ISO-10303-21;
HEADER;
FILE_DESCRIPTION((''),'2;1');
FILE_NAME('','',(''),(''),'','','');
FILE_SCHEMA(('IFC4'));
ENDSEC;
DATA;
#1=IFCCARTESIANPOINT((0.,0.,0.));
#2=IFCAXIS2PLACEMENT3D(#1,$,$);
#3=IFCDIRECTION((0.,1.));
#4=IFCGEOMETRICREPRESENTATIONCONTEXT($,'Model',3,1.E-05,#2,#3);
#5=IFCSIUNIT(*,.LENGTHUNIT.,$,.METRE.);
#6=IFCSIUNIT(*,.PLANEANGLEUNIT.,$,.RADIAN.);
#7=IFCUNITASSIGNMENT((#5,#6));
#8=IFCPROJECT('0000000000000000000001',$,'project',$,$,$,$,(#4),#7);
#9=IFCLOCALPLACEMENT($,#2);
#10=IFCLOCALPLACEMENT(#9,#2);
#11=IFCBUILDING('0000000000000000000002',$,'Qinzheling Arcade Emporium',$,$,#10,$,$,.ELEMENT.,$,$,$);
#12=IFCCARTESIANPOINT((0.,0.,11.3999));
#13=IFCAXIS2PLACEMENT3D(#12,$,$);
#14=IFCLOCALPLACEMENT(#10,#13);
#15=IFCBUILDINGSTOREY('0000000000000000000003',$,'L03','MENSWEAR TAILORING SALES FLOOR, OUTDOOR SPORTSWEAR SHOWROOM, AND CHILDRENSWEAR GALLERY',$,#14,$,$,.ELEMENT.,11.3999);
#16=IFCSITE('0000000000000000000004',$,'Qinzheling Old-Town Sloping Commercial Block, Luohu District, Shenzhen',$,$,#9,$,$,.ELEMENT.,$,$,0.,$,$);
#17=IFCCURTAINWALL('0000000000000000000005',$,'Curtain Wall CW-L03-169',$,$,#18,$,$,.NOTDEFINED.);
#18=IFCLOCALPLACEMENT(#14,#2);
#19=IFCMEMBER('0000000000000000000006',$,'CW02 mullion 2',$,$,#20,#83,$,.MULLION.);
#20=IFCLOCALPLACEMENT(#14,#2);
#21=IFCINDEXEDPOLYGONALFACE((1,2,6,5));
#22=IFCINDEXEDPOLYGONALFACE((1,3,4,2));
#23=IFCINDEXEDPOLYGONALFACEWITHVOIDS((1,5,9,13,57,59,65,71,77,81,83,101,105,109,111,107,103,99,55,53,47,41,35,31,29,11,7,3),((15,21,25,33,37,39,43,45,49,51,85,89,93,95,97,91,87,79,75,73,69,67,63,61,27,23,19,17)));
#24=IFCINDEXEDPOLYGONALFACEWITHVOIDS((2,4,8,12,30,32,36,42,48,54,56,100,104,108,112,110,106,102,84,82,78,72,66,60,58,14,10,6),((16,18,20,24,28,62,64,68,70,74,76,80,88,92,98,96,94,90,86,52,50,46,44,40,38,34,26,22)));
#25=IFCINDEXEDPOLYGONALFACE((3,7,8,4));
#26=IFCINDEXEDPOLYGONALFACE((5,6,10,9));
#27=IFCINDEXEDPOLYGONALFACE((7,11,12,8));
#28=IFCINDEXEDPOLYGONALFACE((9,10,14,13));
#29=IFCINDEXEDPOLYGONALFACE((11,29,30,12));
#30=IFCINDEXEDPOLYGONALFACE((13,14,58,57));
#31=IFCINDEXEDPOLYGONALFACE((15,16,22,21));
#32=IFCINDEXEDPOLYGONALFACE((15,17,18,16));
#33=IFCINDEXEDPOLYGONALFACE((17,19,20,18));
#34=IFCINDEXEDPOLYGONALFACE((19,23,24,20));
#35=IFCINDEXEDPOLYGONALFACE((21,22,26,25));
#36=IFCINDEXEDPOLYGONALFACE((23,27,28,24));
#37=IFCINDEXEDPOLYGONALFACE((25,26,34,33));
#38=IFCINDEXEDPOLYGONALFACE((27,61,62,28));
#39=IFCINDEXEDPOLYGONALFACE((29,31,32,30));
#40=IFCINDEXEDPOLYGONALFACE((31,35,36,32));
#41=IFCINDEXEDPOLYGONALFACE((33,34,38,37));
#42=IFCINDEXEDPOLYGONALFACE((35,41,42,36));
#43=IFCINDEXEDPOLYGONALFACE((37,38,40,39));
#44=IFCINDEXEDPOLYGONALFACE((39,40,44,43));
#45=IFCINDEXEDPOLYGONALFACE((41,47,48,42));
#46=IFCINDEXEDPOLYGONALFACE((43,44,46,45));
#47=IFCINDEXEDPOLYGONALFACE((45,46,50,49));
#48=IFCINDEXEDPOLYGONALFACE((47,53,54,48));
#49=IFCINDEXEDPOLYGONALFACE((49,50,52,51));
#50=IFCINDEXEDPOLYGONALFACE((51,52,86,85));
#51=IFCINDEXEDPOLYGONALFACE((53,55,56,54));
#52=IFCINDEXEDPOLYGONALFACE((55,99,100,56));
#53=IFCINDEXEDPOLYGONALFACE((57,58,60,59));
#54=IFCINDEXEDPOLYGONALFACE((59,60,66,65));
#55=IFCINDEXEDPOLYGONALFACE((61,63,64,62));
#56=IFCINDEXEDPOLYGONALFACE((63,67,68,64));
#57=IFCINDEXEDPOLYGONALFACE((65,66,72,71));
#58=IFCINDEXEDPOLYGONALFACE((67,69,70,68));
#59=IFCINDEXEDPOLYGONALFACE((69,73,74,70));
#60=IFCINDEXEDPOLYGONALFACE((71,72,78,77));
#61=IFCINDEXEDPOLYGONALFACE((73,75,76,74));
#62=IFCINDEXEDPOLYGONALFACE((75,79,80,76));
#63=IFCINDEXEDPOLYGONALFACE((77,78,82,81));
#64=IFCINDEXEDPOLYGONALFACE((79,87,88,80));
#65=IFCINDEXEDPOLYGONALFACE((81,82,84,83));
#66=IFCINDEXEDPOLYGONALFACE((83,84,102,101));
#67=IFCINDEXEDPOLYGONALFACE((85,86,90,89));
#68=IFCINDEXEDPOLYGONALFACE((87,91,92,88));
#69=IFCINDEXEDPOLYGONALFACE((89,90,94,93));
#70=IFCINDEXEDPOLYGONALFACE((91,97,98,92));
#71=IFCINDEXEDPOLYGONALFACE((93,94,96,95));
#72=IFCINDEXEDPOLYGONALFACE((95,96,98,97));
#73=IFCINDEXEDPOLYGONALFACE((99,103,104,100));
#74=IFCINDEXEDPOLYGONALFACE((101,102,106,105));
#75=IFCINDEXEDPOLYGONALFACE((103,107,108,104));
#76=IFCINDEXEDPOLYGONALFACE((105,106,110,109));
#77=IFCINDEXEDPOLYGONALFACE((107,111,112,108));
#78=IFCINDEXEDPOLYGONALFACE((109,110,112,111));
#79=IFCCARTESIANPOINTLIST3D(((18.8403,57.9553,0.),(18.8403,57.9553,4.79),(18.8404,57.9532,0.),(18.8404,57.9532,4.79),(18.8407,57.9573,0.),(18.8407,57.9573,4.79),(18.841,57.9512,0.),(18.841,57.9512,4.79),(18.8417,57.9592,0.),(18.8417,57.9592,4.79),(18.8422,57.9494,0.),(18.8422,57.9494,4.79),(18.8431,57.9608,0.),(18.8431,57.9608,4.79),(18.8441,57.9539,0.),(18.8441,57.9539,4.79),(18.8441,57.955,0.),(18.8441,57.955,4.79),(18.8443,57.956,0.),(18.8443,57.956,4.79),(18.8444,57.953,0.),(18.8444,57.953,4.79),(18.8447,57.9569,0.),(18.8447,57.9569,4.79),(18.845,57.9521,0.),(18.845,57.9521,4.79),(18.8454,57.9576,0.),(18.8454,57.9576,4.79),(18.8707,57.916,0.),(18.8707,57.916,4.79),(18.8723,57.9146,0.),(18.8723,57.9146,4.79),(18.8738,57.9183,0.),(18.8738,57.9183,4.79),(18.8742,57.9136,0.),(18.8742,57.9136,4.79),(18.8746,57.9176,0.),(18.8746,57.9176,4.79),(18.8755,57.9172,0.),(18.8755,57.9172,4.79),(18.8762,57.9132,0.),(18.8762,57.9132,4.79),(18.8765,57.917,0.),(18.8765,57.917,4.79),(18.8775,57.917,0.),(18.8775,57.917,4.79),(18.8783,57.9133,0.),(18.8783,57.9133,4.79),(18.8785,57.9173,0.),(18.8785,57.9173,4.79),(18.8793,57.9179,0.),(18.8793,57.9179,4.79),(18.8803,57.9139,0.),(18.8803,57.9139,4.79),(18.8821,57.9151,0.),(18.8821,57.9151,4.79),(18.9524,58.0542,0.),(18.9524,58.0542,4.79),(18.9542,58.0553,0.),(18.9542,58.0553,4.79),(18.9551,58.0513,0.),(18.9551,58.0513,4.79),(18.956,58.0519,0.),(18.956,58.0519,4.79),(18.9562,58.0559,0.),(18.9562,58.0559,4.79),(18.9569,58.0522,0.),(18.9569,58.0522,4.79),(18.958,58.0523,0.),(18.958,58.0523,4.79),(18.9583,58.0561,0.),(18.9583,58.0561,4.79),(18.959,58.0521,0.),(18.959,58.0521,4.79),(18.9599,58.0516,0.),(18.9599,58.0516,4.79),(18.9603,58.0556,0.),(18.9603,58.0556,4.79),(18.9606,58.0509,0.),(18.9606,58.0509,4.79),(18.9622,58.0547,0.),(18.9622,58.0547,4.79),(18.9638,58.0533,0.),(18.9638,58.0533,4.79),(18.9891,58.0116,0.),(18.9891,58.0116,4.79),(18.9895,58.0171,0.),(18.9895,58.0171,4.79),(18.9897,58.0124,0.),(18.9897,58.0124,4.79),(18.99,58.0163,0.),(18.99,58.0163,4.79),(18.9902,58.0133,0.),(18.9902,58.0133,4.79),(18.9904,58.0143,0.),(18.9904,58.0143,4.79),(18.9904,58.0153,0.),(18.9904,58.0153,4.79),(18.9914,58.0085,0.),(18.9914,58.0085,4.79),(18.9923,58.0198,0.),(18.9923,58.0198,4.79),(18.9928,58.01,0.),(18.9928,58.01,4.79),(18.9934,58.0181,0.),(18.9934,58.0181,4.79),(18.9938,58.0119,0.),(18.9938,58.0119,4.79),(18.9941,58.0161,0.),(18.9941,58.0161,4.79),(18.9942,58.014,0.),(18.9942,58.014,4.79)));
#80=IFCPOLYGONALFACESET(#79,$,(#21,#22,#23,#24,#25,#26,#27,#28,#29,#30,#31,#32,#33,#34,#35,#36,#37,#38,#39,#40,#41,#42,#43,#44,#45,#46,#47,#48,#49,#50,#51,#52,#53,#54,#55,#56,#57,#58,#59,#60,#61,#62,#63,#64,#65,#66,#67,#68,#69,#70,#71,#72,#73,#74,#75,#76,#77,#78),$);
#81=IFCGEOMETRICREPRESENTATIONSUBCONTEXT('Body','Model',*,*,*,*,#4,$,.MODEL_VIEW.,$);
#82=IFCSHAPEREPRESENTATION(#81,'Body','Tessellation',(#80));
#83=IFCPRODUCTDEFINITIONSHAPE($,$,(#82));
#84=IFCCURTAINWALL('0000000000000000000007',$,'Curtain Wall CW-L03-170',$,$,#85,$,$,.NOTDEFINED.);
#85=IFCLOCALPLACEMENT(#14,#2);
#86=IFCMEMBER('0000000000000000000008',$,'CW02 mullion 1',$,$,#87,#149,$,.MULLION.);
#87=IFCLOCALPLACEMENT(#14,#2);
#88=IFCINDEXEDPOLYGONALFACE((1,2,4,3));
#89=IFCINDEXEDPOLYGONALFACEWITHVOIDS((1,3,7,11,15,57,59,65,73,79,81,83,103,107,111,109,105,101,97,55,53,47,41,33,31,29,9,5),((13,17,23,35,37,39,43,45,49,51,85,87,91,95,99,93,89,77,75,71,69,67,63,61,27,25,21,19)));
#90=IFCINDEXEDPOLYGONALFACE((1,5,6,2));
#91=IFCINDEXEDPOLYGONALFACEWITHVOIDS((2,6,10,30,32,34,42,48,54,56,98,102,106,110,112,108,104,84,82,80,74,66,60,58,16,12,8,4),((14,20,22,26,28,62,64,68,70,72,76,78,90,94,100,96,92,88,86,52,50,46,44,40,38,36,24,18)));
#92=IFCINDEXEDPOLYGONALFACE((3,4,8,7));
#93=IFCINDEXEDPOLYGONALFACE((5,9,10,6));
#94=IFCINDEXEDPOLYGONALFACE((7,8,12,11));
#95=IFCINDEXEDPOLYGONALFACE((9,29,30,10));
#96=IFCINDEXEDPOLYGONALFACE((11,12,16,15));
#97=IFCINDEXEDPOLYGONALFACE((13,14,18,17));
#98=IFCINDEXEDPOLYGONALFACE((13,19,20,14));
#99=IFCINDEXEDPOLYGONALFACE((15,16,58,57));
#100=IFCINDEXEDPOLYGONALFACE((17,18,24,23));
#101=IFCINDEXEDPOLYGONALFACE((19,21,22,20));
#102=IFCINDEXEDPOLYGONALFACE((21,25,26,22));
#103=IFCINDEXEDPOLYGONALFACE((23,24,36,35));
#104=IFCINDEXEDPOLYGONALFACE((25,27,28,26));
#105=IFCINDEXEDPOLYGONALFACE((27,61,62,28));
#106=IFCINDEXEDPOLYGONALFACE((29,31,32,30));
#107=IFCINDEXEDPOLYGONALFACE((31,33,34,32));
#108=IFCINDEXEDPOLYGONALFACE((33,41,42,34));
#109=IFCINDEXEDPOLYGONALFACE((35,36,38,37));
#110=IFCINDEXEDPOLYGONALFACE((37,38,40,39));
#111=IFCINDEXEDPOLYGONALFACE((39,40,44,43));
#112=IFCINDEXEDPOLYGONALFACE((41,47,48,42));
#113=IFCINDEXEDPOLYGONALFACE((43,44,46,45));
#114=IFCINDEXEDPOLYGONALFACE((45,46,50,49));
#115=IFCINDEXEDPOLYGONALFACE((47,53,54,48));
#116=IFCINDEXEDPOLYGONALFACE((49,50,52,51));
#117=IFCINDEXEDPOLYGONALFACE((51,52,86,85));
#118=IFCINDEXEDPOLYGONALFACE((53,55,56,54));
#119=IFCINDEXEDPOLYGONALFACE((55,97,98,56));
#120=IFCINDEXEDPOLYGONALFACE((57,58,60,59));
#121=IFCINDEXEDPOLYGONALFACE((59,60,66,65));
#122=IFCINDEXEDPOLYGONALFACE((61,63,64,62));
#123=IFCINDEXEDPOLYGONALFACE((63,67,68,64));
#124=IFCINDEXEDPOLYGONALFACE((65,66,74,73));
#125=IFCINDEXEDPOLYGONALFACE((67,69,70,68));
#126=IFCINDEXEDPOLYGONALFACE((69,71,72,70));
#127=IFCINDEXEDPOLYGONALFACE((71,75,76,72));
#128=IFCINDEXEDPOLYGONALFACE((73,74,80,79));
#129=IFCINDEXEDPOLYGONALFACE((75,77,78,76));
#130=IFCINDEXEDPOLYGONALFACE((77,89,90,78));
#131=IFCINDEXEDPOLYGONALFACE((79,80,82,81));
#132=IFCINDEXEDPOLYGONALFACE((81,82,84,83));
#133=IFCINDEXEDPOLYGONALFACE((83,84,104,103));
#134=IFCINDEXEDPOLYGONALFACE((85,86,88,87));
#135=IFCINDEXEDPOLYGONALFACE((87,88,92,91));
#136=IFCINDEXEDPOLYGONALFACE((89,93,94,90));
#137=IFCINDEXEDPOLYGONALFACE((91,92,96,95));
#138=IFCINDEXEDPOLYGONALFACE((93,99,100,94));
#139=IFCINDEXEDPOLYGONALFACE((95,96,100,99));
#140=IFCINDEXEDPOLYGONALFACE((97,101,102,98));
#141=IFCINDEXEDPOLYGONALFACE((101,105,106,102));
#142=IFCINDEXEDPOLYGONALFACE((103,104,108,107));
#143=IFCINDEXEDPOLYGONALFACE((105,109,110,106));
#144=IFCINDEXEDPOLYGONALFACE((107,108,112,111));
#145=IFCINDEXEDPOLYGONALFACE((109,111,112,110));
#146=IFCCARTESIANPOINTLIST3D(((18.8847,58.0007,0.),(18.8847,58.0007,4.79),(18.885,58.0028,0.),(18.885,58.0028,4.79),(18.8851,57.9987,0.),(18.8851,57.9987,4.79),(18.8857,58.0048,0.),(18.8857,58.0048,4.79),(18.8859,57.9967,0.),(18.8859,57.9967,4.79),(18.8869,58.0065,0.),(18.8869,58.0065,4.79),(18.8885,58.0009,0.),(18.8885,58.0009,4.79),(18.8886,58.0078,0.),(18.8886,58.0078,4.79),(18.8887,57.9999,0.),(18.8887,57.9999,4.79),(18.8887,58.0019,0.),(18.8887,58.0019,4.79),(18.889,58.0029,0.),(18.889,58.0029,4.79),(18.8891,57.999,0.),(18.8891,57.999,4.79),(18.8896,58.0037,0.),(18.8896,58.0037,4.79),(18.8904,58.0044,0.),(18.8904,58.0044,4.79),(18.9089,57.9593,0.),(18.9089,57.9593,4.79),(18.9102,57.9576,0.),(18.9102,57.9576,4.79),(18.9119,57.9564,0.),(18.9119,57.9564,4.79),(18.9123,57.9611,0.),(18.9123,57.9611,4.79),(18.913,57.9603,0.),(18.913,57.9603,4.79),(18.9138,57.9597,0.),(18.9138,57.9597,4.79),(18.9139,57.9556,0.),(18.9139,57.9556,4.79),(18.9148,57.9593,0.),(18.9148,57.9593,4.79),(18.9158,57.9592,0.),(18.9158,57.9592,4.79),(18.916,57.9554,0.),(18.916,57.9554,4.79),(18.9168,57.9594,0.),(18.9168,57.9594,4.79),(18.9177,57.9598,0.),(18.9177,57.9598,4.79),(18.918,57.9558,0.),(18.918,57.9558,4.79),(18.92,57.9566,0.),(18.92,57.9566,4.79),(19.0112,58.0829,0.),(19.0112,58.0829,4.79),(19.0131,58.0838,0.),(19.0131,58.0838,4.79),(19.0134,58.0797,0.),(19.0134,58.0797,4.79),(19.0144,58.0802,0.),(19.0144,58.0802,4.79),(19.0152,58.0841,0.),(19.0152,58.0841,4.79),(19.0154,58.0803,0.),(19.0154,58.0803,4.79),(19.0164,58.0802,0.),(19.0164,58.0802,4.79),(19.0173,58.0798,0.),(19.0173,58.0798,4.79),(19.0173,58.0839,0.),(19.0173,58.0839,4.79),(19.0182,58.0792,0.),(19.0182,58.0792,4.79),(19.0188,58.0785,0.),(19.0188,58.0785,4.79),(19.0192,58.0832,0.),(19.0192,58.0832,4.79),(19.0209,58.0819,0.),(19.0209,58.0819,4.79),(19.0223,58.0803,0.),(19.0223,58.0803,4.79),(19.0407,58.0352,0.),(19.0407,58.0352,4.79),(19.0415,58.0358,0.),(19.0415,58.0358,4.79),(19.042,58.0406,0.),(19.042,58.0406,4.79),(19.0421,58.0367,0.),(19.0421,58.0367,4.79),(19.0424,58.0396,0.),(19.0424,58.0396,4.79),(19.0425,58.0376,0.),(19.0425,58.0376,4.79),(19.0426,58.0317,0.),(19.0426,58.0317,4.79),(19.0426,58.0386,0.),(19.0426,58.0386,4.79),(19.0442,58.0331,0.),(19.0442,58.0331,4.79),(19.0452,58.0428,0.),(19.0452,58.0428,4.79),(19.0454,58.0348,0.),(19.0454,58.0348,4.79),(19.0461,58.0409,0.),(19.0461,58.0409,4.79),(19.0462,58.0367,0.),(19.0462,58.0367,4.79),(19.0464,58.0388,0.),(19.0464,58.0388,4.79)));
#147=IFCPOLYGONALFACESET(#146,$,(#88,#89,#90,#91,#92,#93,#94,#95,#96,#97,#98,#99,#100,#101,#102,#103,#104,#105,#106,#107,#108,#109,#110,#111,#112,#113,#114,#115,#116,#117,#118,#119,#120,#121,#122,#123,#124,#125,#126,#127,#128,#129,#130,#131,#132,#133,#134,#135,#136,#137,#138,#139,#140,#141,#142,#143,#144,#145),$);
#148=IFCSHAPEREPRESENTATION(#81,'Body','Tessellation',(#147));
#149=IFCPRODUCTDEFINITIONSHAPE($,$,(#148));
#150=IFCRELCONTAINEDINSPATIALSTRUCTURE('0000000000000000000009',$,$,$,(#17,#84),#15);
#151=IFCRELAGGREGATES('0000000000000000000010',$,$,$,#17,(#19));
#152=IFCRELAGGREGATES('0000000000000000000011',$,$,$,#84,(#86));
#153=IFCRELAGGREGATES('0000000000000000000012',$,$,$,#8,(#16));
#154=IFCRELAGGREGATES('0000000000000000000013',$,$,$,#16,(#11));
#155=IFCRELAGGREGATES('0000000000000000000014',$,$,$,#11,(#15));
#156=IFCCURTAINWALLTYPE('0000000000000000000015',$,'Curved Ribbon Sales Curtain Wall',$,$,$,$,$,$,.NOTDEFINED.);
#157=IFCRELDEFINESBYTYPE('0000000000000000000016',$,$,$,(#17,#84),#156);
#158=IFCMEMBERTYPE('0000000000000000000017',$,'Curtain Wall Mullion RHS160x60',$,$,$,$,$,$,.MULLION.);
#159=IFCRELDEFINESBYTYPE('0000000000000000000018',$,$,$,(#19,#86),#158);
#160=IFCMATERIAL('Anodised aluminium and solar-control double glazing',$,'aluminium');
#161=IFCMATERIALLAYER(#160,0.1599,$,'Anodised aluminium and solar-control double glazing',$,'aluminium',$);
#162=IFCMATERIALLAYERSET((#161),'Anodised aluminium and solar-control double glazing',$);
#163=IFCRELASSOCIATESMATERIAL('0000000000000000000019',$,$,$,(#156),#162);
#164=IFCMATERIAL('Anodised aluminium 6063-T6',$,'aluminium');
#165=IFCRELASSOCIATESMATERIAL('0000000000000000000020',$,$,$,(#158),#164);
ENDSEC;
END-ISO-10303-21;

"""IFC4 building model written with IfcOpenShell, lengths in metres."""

from ifc_helpers import new_model, si_unit, direction, frame, origin, origin_2d, place, context, subcontext, project, spatial, hollow_rectangle, extrude, material, layer, layer_set, material_profile, profile_set, type_object, element, aggregate, save


model = new_model("IFC4")

# Units and contexts
model_context = context("Model", 3, precision=1e-05, world=origin(), true_north=direction((0.0, 1.0)))
body_context = subcontext(model_context, "Body", "Model", "MODEL_VIEW")
ifc_project = project(units=[si_unit("LENGTHUNIT", "METRE"), si_unit("PLANEANGLEUNIT", "RADIAN")], contexts=[model_context])

# Site, building, storey
site_placement = place(None, origin())
site = spatial("IfcSite", under=ifc_project, at=site_placement, Name="Qinzheling Old-Town Sloping Commercial Block, Luohu District, Shenzhen", CompositionType="ELEMENT", RefElevation=0.0)
building_placement = place(site_placement, origin())
building = spatial("IfcBuilding", under=site, at=building_placement, Name="Qinzheling Arcade Emporium", CompositionType="ELEMENT")
storey_placement = place(building_placement, frame((0.0, 0.0, 11.3999)))
storey = spatial("IfcBuildingStorey", under=building, at=storey_placement, Name="L03", Description="MENSWEAR TAILORING SALES FLOOR, OUTDOOR SPORTSWEAR SHOWROOM, AND CHILDRENSWEAR GALLERY", CompositionType="ELEMENT", Elevation=11.3999)

# Shared definitions
ifc_material_1 = material(Name="Anodised aluminium and solar-control double glazing", Category="aluminium")
ifc_layer_1 = layer(ifc_material_1, 0.1599, Name="Anodised aluminium and solar-control double glazing", Category="aluminium")
ifc_layer_set_1 = layer_set([ifc_layer_1], Name="Anodised aluminium and solar-control double glazing")
curtain_wall_type = type_object("IfcCurtainWallType", Name="Curved Ribbon Sales Curtain Wall", PredefinedType="NOTDEFINED", material=ifc_layer_set_1)
ifc_material_2 = material(Name="Anodised aluminium 6063-T6", Category="aluminium")
ifc_material_profile_1 = material_profile(ifc_material_2, hollow_rectangle(XDim=0.0601, YDim=0.1599, WallThickness=0.0039, InnerFilletRadius=0.0039, OuterFilletRadius=0.0081, at=origin_2d()), Name="RHS 160x60x4", Category="aluminium")
ifc_profile_set_1 = profile_set([ifc_material_profile_1], Name="Anodised aluminium 6063-T6")
member_type_1 = type_object("IfcMemberType", Name="Curtain Wall Mullion RHS160x60", PredefinedType="MULLION", material=ifc_profile_set_1)

# Curtain wall, member
curtain_wall_1_placement = place(storey_placement, origin())
curtain_wall_1 = element("IfcCurtainWall", 1, at=curtain_wall_1_placement, inside=storey, type_object=curtain_wall_type, Name="Curtain Wall CW-L03-169", PredefinedType="NOTDEFINED")
member_1_placement = place(storey_placement, frame((18.9172, 57.9846, 0.0), z_axis=(0.0, 0.0, 1.0), x_axis=(-0.649513, 0.760351, 0.0)))
member_1 = element("IfcMember", 2, at=member_1_placement, type_object=member_type_1, Name="CW02 mullion 2", PredefinedType="MULLION", context=body_context, shape_type="SweptSolid", body=[
    extrude(hollow_rectangle(XDim=0.0601, YDim=0.1599, WallThickness=0.0039, InnerFilletRadius=0.0039, OuterFilletRadius=0.0081, at=origin_2d()), origin(), (0.0, 0.0, 1.0), 4.79),
])

# Curtain wall, member
curtain_wall_2_placement = place(storey_placement, origin())
curtain_wall_2 = element("IfcCurtainWall", 3, at=curtain_wall_2_placement, inside=storey, type_object=curtain_wall_type, Name="Curtain Wall CW-L03-170", PredefinedType="NOTDEFINED")
member_2_placement = place(storey_placement, frame((18.9656, 58.0198, 0.0), z_axis=(0.0, 0.0, 1.0), x_axis=(-0.522458, 0.852665, 0.0)))
member_2 = element("IfcMember", 4, at=member_2_placement, type_object=member_type_1, Name="CW02 mullion 1", PredefinedType="MULLION", context=body_context, shape_type="SweptSolid", body=[
    extrude(hollow_rectangle(XDim=0.0601, YDim=0.1599, WallThickness=0.0039, InnerFilletRadius=0.0039, OuterFilletRadius=0.0081, at=origin_2d()), origin(), (0.0, 0.0, 1.0), 4.79),
])

aggregate(curtain_wall_1, [member_1])
aggregate(curtain_wall_2, [member_2])

save(model, "model.ifc")
